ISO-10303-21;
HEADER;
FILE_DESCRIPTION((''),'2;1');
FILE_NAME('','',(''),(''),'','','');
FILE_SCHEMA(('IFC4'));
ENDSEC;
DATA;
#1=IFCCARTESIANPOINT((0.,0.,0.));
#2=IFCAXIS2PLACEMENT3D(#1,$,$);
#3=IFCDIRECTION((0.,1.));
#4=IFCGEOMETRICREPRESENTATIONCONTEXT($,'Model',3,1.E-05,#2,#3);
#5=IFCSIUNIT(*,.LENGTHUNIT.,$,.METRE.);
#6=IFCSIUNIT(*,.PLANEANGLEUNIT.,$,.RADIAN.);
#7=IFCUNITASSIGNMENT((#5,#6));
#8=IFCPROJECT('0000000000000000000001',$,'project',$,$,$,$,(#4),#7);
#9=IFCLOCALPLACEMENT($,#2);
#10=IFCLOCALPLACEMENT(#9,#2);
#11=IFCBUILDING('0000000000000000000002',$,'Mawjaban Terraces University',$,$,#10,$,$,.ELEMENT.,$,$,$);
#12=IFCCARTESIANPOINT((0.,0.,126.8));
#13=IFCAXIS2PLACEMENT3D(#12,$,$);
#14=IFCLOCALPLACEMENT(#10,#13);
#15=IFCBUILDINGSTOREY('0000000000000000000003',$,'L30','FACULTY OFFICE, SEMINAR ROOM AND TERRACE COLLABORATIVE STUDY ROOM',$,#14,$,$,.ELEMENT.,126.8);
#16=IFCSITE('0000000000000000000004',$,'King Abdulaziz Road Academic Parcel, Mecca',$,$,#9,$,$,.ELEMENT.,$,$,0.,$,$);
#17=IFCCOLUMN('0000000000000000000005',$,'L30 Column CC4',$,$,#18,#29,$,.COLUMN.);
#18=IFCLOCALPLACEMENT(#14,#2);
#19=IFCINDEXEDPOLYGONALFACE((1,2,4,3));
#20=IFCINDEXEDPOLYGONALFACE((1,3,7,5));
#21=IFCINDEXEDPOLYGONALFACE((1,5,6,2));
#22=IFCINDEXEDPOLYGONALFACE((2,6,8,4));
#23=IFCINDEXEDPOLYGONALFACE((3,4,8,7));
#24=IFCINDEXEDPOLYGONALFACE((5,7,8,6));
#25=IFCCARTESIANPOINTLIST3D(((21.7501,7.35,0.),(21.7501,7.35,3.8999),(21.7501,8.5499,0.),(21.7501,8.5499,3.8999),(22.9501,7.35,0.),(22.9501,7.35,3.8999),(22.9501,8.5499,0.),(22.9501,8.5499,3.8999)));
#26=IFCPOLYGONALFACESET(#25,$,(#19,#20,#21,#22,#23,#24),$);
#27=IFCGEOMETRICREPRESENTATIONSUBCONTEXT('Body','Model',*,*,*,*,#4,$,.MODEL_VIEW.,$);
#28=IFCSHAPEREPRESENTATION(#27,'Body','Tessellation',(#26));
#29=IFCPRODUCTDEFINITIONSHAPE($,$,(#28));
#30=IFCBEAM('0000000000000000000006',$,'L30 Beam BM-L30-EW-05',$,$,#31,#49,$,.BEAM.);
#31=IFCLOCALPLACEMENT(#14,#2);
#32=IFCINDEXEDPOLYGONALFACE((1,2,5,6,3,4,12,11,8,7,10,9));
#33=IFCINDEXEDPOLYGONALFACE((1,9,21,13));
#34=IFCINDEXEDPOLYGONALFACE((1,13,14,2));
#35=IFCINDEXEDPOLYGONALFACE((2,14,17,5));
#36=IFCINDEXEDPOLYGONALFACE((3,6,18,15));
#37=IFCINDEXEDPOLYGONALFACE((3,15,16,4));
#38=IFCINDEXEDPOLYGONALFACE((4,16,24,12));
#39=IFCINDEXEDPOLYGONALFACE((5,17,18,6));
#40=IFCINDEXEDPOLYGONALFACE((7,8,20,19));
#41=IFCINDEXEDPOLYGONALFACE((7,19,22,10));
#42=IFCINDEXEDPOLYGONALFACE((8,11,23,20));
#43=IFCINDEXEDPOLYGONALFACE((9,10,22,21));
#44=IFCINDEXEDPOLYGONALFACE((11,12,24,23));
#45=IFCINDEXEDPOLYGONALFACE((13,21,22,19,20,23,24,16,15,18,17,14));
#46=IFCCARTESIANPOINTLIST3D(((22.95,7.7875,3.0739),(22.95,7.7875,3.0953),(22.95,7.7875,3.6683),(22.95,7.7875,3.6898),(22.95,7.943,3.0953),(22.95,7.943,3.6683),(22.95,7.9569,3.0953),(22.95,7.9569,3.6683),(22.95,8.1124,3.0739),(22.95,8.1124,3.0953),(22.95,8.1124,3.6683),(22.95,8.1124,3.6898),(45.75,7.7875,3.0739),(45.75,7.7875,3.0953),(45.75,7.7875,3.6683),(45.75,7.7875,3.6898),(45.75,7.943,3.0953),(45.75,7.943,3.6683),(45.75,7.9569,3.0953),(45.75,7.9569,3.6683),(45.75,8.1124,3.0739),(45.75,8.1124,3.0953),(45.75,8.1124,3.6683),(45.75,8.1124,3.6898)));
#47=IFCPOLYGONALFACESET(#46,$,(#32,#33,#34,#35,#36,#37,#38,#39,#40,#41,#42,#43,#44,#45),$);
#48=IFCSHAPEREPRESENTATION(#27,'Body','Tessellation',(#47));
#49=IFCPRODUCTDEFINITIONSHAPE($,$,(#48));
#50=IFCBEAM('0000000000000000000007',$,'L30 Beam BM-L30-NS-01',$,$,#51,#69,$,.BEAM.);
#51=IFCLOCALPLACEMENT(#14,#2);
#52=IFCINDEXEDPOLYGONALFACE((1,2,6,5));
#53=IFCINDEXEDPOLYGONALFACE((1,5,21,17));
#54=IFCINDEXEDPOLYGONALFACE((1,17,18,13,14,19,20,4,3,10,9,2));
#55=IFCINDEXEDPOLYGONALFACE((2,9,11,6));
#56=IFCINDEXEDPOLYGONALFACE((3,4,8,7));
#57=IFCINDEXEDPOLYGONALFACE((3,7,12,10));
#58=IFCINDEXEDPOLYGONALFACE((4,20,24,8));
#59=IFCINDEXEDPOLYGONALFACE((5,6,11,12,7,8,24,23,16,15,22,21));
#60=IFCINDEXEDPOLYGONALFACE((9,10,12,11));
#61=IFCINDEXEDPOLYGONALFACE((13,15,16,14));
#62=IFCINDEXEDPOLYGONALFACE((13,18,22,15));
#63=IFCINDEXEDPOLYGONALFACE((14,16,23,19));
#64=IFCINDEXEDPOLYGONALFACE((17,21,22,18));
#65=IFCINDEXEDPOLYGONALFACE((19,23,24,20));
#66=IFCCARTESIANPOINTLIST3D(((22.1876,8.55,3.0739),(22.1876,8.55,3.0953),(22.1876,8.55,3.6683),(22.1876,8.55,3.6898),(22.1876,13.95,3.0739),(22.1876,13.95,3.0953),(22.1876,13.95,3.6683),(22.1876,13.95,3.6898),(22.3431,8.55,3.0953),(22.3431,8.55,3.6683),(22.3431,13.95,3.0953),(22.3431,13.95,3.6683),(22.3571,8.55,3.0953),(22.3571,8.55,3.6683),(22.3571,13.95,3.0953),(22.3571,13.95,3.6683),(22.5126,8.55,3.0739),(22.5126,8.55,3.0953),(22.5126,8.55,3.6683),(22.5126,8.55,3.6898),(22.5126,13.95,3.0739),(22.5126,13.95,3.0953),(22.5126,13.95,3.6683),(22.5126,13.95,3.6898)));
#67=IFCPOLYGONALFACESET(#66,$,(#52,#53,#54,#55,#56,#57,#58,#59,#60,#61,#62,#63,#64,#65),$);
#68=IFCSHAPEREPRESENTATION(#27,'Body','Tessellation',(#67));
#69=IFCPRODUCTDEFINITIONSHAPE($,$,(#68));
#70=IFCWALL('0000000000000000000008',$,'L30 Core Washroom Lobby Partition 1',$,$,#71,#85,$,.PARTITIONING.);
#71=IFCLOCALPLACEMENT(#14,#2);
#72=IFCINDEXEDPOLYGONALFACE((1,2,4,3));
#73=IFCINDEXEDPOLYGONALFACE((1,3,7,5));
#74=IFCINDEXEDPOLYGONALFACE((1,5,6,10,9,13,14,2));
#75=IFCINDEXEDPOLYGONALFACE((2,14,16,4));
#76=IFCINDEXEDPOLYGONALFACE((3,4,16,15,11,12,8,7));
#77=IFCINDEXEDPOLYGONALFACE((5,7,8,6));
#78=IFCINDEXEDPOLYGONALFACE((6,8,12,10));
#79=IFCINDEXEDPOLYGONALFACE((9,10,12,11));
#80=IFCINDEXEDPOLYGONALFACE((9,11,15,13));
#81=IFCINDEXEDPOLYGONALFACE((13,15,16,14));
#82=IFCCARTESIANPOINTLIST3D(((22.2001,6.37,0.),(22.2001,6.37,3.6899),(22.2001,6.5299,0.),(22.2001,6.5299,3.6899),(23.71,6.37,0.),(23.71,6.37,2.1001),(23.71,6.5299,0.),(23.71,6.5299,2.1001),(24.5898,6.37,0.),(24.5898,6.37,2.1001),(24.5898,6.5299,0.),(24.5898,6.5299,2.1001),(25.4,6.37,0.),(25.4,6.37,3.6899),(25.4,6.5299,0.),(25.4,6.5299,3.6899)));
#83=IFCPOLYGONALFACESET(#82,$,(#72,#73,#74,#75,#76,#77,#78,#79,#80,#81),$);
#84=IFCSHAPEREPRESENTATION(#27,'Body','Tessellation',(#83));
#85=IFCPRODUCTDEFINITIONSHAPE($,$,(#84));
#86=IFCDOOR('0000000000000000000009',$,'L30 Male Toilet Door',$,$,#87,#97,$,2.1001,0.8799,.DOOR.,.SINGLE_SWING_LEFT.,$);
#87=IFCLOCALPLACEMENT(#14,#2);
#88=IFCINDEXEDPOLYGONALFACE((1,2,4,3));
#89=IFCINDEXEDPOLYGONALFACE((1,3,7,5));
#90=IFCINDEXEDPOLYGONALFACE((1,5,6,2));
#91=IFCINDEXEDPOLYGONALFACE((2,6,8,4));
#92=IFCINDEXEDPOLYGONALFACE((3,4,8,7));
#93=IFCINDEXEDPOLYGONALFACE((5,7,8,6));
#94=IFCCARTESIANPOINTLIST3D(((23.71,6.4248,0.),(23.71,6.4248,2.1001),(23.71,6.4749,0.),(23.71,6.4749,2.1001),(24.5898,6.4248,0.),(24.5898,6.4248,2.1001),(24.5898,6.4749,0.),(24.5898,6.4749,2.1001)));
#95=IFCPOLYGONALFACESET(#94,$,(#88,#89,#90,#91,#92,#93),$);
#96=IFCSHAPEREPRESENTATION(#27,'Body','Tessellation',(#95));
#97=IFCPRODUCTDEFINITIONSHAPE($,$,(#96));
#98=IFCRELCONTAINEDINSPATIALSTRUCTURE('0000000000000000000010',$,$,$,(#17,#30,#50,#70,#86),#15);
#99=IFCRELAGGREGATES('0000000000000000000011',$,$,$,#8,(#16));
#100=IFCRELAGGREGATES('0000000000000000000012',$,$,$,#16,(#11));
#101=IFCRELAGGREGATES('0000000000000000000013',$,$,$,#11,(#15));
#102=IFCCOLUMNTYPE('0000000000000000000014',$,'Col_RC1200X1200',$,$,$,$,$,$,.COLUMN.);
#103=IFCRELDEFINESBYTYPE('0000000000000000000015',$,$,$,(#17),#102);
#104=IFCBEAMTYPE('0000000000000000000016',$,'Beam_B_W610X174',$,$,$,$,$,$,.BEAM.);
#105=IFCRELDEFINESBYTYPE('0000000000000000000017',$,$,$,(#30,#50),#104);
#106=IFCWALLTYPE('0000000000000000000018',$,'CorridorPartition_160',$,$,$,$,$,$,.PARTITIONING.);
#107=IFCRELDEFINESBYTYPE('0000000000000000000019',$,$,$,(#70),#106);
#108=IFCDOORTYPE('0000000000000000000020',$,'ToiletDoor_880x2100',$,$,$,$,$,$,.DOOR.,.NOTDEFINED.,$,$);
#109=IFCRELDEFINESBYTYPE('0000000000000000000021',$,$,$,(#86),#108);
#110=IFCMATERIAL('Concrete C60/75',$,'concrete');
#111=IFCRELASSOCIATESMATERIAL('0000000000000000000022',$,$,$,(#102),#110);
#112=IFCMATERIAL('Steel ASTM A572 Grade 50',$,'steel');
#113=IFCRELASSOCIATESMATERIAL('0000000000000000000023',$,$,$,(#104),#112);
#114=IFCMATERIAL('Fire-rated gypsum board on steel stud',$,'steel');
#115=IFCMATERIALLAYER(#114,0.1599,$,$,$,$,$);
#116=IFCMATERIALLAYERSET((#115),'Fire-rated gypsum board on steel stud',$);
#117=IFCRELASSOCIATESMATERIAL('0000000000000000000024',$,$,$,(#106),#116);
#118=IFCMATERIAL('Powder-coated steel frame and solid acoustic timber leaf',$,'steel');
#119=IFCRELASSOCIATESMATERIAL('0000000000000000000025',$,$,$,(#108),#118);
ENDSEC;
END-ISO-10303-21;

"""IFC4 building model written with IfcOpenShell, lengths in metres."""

from ifc_helpers import new_model, si_unit, direction, frame, frame_2d, origin, origin_2d, place, context, subcontext, project, spatial, rectangle, i_section, extrude, material, layer, layer_set, material_profile, profile_set, type_object, element, fill, save


model = new_model("IFC4")

# Units and contexts
model_context = context("Model", 3, precision=1e-05, world=origin(), true_north=direction((0.0, 1.0)))
body_context = subcontext(model_context, "Body", "Model", "MODEL_VIEW")
ifc_project = project(units=[si_unit("LENGTHUNIT", "METRE"), si_unit("PLANEANGLEUNIT", "RADIAN")], contexts=[model_context])

# Site, building, storey
site_placement = place(None, origin())
site = spatial("IfcSite", under=ifc_project, at=site_placement, Name="King Abdulaziz Road Academic Parcel, Mecca", CompositionType="ELEMENT", RefElevation=0.0)
building_placement = place(site_placement, origin())
building = spatial("IfcBuilding", under=site, at=building_placement, Name="Mawjaban Terraces University", CompositionType="ELEMENT")
storey_placement = place(building_placement, frame((0.0, 0.0, 126.8)))
storey = spatial("IfcBuildingStorey", under=building, at=storey_placement, Name="L30", Description="FACULTY OFFICE, SEMINAR ROOM AND TERRACE COLLABORATIVE STUDY ROOM", CompositionType="ELEMENT", Elevation=126.8)

# Column
ifc_material_1 = material(Name="Concrete C60/75", Category="concrete")
ifc_material_profile_1 = material_profile(ifc_material_1, rectangle(XDim=1.2, YDim=1.2, at=origin_2d()), Name="RC1200X1200")
ifc_profile_set_1 = profile_set([ifc_material_profile_1], Name="Concrete C60/75")
column_type = type_object("IfcColumnType", Name="Col_RC1200X1200", PredefinedType="COLUMN", material=ifc_profile_set_1)
column_placement = place(storey_placement, frame((22.3501, 7.95, 0.0), z_axis=(0.0, 0.0, 1.0), x_axis=(1.0, 0.0, 0.0)))
element("IfcColumn", 1, at=column_placement, inside=storey, type_object=column_type, Name="L30 Column CC4", PredefinedType="COLUMN", context=body_context, shape_type="SweptSolid", body=[
    extrude(rectangle(XDim=1.2, YDim=1.2, at=origin_2d()), origin(), (0.0, 0.0, 1.0), 3.8999),
])

# Beams
ifc_material_2 = material(Name="Steel ASTM A572 Grade 50", Category="steel")
ifc_material_profile_2 = material_profile(ifc_material_2, i_section(OverallWidth=0.325, OverallDepth=0.616, WebThickness=0.0139, FlangeThickness=0.0215, at=origin_2d()), Name="W610X174")
ifc_profile_set_2 = profile_set([ifc_material_profile_2], Name="Steel ASTM A572 Grade 50")
beam_type = type_object("IfcBeamType", Name="Beam_B_W610X174", PredefinedType="BEAM", material=ifc_profile_set_2)
beam_1_placement = place(storey_placement, frame((22.95, 7.95, 3.3818), z_axis=(1.0, 0.0, 0.0), x_axis=(0.0, 1.0, 0.0)))
element("IfcBeam", 2, at=beam_1_placement, inside=storey, type_object=beam_type, Name="L30 Beam BM-L30-EW-05", PredefinedType="BEAM", context=body_context, shape_type="SweptSolid", body=[
    extrude(i_section(OverallWidth=0.325, OverallDepth=0.616, WebThickness=0.0139, FlangeThickness=0.0215, at=origin_2d()), origin(), (0.0, 0.0, 1.0), 22.8),
])
beam_2_placement = place(storey_placement, frame((22.3501, 8.55, 3.3818), z_axis=(0.0, 1.0, 0.0), x_axis=(-1.0, 0.0, 0.0)))
element("IfcBeam", 3, at=beam_2_placement, inside=storey, type_object=beam_type, Name="L30 Beam BM-L30-NS-01", PredefinedType="BEAM", context=body_context, shape_type="SweptSolid", body=[
    extrude(i_section(OverallWidth=0.325, OverallDepth=0.616, WebThickness=0.0139, FlangeThickness=0.0215, at=origin_2d()), origin(), (0.0, 0.0, 1.0), 5.3999),
])

# Wall, opening, door
ifc_material_3 = material(Name="Fire-rated gypsum board on steel stud", Category="steel")
ifc_layer_1 = layer(ifc_material_3, 0.1599)
ifc_layer_set_1 = layer_set([ifc_layer_1], Name="Fire-rated gypsum board on steel stud")
wall_type_1 = type_object("IfcWallType", Name="CorridorPartition_160", PredefinedType="PARTITIONING", material=ifc_layer_set_1)
wall_1_placement = place(storey_placement, frame((22.2, 6.45, 0.0), z_axis=(0.0, 0.0, 1.0), x_axis=(1.0, 0.0, 0.0)))
wall_1 = element("IfcWall", 4, at=wall_1_placement, inside=storey, type_object=wall_type_1, Name="L30 Core Washroom Lobby Partition 1", PredefinedType="PARTITIONING", context=body_context, shape_type="SweptSolid", body=[
    extrude(rectangle(XDim=3.2, YDim=0.1599, at=frame_2d((1.6001, 0.0))), origin(), (0.0, 0.0, 1.0), 3.6899),
])
opening_1_placement = place(wall_1_placement, frame((1.51, 0.0, 0.0)))
opening_1 = element("IfcOpeningElement", 5, at=opening_1_placement, cuts=wall_1, PredefinedType="OPENING", context=body_context, shape_type="SweptSolid", body=[
    extrude(rectangle(XDim=0.8799, YDim=2.1001, at=frame_2d((0.4399, 1.05))), frame((0.0, 0.0898, 0.0), z_axis=(0.0, -1.0, 0.0), x_axis=(1.0, 0.0, 0.0)), (0.0, 0.0, 1.0), 0.1799),
])
ifc_material_4 = material(Name="Powder-coated steel frame and solid acoustic timber leaf", Category="steel")
door_type = type_object("IfcDoorType", Name="ToiletDoor_880x2100", OperationType="NOTDEFINED", PredefinedType="DOOR", material=ifc_material_4)
door_placement = place(opening_1_placement, origin())
door = element("IfcDoor", 6, at=door_placement, inside=storey, type_object=door_type, Name="L30 Male Toilet Door", OperationType="SINGLE_SWING_LEFT", OverallHeight=2.1001, OverallWidth=0.8799, PredefinedType="DOOR", context=body_context, shape_type="SweptSolid", body=[
    extrude(rectangle(XDim=0.8799, YDim=2.1001, at=frame_2d((0.4399, 1.05))), frame((0.0, 0.0249, 0.0), z_axis=(0.0, -1.0, 0.0), x_axis=(1.0, 0.0, 0.0)), (0.0, 0.0, 1.0), 0.05),
])
fill(opening_1, door)

save(model, "model.ifc")
